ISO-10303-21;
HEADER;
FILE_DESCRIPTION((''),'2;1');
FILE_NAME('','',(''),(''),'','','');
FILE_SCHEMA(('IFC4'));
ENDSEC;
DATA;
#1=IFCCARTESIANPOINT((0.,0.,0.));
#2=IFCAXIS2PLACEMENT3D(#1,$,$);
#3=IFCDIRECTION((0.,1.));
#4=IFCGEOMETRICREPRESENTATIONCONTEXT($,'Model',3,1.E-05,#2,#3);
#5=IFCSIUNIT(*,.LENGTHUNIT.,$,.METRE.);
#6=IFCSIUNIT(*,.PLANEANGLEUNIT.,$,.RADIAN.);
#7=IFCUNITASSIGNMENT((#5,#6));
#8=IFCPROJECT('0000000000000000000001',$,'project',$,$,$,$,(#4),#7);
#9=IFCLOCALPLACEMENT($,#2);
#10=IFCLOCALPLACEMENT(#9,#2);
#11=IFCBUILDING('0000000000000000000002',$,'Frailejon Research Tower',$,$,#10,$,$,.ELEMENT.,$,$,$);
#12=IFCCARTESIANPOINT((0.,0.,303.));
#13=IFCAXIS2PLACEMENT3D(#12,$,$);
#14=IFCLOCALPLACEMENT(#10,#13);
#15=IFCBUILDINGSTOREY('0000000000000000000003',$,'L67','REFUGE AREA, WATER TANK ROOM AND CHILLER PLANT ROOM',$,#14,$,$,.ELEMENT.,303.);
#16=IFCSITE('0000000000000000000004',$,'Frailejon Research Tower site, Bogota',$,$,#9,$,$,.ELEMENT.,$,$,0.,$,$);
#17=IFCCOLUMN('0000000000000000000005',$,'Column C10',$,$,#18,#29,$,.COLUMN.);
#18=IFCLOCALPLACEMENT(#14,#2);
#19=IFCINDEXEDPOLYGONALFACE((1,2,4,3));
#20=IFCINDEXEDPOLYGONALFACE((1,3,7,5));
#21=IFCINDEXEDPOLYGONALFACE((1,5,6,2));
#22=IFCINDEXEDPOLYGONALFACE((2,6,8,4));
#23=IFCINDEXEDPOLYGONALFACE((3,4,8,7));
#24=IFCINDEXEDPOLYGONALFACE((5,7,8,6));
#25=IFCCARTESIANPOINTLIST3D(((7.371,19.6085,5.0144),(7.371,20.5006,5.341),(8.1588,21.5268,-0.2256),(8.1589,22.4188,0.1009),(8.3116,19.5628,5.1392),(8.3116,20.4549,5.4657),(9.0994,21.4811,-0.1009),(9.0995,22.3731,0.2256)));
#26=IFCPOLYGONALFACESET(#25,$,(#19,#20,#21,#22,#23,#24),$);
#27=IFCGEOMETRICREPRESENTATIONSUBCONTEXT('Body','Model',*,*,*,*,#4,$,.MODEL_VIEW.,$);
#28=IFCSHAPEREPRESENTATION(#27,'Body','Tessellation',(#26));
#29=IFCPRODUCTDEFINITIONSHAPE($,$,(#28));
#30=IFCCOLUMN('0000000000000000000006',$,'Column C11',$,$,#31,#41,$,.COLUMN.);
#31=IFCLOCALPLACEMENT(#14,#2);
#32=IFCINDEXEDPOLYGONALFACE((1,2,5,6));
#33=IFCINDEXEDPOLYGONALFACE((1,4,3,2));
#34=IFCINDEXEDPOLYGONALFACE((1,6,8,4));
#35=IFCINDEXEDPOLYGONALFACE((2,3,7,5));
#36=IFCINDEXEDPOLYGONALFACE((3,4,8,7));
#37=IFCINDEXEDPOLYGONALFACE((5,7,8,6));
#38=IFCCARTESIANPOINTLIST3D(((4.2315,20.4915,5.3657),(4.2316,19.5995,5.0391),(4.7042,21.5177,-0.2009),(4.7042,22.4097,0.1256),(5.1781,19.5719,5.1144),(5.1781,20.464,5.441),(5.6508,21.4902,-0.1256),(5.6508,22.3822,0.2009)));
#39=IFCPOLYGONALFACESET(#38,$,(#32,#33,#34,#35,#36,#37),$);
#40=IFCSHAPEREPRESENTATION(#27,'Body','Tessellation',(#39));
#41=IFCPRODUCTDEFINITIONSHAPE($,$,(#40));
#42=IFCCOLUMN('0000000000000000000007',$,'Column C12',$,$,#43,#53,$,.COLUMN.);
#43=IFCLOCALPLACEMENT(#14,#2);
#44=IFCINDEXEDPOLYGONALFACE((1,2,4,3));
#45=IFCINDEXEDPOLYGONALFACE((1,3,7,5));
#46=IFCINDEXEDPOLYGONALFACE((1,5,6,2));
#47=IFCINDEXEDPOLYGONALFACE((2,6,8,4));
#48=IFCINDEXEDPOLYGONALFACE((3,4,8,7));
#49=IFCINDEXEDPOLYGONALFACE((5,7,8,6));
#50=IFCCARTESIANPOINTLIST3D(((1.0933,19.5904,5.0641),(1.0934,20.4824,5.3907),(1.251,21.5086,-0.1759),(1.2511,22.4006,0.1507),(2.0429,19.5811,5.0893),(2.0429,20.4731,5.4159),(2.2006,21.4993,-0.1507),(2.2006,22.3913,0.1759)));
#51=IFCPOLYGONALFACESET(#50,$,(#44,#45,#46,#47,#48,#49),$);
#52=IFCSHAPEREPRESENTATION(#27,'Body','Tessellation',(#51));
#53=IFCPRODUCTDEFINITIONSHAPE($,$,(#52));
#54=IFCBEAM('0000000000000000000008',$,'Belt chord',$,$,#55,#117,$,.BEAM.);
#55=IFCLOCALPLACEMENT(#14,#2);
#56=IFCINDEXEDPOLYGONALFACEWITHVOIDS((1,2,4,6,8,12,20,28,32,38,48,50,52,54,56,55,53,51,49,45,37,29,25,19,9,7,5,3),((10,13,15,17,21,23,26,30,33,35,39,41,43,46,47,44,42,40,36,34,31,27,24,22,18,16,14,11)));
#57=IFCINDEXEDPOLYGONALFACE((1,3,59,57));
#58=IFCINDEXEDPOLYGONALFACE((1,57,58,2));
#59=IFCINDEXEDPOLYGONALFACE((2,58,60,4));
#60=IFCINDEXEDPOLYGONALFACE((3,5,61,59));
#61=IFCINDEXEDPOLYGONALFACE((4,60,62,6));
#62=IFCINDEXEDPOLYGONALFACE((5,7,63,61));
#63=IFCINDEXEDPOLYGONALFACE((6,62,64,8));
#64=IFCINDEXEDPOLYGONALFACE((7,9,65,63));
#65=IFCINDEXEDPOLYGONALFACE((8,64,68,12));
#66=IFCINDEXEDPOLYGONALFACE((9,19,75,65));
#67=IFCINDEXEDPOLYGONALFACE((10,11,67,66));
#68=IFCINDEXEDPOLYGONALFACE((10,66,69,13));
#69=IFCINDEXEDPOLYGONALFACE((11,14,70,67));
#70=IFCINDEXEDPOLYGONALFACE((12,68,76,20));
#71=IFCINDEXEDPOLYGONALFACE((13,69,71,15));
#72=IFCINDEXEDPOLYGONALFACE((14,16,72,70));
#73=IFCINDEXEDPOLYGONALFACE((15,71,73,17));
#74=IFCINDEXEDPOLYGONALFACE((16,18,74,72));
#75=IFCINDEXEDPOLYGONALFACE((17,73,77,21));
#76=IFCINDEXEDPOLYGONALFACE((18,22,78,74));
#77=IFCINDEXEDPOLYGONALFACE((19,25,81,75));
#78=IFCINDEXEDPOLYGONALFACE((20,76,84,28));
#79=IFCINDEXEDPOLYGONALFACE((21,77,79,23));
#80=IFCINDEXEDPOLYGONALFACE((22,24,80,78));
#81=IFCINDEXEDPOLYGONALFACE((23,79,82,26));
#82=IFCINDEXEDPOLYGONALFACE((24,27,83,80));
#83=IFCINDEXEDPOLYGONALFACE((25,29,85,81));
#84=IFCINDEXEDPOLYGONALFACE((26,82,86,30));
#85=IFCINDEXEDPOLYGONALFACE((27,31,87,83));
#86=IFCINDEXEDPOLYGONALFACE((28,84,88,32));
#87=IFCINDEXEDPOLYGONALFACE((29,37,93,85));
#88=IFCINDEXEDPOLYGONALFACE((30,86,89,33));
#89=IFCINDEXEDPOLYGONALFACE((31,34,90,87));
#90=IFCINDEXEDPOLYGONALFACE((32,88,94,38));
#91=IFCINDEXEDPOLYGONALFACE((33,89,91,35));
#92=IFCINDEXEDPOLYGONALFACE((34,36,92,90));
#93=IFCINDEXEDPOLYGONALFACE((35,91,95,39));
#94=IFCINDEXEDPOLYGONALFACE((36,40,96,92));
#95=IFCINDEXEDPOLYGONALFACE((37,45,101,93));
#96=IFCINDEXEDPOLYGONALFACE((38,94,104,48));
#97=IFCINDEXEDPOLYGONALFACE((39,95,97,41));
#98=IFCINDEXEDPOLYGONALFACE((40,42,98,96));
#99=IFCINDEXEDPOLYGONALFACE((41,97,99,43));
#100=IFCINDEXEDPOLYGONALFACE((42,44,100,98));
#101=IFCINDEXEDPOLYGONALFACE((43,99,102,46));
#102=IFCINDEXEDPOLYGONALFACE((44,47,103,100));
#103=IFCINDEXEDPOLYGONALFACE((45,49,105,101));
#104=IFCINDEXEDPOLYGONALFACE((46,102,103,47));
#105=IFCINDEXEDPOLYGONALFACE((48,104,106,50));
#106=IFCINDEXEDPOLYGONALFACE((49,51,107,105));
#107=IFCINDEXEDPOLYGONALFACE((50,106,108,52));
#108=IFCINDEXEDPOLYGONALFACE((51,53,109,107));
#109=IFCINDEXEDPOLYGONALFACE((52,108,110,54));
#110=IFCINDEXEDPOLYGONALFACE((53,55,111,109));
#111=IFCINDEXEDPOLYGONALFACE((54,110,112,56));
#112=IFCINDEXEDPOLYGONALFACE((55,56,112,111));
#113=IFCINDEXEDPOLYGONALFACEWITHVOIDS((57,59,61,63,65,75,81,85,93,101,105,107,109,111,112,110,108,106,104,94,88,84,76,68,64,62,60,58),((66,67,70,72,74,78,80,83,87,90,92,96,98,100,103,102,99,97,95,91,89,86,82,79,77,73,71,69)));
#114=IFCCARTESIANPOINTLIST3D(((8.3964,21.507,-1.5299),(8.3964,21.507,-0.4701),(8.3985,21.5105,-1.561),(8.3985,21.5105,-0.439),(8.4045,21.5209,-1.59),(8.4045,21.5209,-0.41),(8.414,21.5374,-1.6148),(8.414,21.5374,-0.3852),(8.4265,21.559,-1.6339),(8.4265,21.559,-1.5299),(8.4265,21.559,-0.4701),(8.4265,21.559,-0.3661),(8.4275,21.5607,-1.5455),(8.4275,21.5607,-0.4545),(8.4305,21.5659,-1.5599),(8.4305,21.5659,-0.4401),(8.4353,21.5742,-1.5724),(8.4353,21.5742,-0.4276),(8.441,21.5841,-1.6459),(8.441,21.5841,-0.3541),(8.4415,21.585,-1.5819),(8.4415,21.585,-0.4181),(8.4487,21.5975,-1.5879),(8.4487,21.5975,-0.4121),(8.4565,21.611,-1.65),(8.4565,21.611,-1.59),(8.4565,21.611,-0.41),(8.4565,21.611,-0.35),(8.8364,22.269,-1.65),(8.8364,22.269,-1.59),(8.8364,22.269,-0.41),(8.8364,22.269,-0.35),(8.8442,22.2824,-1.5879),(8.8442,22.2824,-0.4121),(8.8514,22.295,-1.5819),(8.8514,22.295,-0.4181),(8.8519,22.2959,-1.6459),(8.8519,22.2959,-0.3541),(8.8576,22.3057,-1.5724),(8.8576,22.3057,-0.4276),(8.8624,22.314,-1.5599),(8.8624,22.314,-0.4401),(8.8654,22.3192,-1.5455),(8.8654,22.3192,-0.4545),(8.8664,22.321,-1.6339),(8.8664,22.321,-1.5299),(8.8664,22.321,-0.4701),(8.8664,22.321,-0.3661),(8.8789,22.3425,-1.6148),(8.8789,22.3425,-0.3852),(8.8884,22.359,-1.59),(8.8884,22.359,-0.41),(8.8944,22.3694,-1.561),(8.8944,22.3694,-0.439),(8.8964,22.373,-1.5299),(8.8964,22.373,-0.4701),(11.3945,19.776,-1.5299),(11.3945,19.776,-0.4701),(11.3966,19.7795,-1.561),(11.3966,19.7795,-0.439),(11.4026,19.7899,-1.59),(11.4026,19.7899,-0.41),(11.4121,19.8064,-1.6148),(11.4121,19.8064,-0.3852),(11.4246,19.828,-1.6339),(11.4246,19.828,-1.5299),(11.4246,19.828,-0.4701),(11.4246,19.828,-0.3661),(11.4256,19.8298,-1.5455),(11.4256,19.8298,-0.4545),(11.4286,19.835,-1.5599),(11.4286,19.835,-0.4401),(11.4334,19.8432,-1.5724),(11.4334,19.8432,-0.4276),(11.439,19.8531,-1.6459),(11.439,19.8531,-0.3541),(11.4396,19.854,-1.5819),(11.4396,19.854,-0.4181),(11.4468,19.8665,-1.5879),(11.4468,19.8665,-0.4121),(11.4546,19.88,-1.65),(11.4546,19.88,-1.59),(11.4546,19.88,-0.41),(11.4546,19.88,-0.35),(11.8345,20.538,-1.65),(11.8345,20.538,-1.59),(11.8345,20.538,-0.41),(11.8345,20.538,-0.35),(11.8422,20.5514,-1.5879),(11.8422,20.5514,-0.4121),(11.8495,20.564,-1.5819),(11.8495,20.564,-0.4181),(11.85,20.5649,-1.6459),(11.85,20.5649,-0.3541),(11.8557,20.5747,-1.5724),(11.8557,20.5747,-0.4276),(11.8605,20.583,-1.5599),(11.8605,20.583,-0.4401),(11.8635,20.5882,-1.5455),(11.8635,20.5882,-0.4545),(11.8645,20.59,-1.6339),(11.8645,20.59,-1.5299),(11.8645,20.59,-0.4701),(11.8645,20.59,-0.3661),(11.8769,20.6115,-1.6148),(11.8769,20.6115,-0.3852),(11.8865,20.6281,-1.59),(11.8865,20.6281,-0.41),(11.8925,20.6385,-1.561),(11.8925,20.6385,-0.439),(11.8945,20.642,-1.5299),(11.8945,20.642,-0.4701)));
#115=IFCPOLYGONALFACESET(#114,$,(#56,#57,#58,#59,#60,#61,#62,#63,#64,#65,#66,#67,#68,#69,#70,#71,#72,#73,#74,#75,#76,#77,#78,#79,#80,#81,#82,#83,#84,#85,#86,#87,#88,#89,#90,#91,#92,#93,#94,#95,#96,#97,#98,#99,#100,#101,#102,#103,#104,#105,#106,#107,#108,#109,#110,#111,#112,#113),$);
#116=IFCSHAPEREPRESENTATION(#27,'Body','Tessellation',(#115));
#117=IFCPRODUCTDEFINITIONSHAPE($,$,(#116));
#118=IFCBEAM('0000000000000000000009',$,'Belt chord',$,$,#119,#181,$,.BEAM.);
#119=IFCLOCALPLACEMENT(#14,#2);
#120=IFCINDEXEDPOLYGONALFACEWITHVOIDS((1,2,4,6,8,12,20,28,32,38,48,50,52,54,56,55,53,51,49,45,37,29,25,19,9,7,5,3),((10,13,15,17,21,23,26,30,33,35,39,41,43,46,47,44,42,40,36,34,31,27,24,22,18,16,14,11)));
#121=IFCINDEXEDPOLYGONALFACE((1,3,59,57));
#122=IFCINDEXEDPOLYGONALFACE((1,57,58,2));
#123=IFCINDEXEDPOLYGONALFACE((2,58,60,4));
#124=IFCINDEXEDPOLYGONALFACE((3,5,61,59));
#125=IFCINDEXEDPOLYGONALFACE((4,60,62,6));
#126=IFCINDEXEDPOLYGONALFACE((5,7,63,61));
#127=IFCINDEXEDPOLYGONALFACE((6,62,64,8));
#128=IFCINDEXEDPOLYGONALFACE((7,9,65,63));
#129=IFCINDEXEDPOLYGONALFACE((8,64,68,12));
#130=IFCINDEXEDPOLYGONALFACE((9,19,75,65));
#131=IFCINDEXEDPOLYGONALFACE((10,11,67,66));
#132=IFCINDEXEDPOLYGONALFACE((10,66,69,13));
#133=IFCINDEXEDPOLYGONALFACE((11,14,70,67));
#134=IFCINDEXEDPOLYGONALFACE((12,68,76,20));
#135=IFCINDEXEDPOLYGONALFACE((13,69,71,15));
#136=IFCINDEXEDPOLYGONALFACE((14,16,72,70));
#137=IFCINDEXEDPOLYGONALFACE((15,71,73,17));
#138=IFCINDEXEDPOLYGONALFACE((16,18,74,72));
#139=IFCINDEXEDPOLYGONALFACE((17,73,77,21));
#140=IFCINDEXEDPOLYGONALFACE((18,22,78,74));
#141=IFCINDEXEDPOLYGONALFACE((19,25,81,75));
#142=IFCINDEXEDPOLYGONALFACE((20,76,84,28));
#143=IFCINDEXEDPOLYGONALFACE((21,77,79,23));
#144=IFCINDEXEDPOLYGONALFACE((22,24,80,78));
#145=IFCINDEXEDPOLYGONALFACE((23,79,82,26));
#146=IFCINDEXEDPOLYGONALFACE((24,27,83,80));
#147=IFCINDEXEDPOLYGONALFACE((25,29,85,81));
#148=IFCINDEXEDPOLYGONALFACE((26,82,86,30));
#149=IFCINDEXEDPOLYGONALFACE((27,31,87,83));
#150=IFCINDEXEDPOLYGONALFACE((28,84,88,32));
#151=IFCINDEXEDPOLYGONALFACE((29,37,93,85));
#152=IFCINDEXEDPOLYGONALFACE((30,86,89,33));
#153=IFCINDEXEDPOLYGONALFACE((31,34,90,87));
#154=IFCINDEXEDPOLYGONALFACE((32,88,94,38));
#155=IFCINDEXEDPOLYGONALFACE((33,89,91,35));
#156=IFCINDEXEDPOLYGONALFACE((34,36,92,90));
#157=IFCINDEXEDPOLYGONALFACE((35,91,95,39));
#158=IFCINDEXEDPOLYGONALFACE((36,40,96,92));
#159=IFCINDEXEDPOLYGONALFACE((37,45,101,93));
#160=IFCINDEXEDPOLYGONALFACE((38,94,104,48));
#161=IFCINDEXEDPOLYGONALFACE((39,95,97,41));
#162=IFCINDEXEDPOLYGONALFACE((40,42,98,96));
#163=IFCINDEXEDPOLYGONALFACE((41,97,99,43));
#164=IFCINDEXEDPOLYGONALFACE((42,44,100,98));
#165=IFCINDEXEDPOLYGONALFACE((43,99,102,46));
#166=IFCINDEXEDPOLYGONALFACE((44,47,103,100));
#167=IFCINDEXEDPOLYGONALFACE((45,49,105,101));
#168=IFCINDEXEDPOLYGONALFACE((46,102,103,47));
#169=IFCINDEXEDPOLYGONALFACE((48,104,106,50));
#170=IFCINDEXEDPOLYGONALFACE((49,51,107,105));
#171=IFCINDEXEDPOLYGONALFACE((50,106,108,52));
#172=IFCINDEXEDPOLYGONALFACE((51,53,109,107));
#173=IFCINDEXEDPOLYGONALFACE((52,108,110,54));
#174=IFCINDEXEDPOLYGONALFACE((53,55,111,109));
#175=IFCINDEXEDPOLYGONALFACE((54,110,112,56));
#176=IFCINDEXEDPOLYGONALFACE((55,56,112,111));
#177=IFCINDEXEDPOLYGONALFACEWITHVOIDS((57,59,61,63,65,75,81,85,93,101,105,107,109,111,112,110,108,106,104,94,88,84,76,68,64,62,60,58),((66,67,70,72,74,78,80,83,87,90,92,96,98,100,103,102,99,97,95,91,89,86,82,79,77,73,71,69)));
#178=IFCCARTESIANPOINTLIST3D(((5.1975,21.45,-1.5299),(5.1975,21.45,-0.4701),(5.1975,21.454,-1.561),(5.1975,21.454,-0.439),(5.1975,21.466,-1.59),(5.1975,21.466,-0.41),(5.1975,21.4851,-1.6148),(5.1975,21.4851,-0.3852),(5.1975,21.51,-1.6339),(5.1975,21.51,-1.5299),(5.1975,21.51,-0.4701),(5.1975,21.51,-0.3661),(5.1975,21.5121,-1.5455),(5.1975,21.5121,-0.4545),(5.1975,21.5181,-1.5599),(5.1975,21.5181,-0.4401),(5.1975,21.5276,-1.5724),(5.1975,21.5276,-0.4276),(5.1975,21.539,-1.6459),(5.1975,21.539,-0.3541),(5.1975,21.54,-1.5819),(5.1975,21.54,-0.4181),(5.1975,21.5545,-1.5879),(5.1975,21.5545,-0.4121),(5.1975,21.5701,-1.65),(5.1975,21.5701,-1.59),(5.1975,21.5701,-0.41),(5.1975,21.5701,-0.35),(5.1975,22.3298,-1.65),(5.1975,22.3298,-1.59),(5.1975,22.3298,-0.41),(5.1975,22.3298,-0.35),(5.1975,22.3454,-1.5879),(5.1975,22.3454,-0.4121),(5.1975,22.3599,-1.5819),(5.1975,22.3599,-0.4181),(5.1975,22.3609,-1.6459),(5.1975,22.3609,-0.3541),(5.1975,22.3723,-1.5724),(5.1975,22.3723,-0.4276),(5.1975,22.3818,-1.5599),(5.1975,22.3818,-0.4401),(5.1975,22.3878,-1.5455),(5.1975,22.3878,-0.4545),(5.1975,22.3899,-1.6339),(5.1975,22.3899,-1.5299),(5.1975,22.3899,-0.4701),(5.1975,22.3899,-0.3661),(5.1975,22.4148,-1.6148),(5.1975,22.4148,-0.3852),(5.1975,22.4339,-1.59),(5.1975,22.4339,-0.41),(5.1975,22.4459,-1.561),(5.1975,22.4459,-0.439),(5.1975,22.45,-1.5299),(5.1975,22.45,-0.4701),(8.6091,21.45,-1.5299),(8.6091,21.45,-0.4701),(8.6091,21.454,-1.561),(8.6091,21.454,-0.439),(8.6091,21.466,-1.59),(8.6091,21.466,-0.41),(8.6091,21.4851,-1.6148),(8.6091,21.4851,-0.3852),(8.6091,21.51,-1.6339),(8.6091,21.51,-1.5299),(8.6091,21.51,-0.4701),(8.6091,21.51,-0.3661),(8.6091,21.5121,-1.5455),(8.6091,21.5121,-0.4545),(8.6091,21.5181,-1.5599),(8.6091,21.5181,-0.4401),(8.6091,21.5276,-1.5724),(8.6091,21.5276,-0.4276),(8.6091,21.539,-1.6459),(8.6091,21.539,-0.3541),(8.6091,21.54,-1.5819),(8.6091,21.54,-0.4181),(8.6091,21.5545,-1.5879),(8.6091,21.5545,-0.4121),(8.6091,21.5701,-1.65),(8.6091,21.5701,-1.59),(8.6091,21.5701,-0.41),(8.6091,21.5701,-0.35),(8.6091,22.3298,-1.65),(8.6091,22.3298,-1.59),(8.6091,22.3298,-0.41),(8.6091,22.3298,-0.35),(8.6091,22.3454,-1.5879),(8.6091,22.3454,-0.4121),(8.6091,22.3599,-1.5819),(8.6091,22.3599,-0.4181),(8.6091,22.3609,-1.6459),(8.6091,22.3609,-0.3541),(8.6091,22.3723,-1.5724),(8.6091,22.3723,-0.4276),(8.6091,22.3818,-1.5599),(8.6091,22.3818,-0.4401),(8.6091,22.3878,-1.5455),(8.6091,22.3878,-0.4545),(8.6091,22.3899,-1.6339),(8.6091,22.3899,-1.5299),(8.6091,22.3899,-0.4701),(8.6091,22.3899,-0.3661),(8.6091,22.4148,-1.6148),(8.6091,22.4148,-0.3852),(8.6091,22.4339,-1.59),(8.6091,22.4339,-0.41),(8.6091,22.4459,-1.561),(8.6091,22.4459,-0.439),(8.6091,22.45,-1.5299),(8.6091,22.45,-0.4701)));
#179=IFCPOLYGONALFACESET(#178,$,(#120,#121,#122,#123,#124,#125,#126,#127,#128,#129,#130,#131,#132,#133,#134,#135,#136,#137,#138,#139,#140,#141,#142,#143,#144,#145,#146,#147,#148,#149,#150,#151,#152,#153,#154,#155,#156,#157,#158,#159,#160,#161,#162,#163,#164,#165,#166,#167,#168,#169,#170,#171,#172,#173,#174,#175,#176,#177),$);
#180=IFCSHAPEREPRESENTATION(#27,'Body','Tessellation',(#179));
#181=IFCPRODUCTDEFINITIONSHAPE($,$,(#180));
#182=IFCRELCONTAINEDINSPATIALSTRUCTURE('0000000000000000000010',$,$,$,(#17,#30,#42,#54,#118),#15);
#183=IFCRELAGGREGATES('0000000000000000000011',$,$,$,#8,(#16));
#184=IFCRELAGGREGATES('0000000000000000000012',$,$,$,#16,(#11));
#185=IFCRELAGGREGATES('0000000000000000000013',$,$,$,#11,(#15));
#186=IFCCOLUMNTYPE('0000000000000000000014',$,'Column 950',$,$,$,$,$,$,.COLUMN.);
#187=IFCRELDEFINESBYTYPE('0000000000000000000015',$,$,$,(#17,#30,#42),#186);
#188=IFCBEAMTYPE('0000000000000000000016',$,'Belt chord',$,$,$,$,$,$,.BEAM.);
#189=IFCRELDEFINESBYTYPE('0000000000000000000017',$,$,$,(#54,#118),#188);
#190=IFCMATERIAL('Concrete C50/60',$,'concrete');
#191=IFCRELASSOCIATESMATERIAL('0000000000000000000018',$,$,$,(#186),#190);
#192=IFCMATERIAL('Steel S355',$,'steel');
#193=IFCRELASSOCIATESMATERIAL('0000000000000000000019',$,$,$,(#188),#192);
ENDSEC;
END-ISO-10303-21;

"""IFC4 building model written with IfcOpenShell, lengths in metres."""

from ifc_helpers import new_model, si_unit, direction, frame, origin, origin_2d, place, context, subcontext, project, spatial, rectangle, hollow_rectangle, extrude, material, material_profile, profile_set, type_object, element, save


model = new_model("IFC4")

# Units and contexts
model_context = context("Model", 3, precision=1e-05, world=origin(), true_north=direction((0.0, 1.0)))
body_context = subcontext(model_context, "Body", "Model", "MODEL_VIEW")
ifc_project = project(units=[si_unit("LENGTHUNIT", "METRE"), si_unit("PLANEANGLEUNIT", "RADIAN")], contexts=[model_context])

# Site, building, storey
site_placement = place(None, origin())
site = spatial("IfcSite", under=ifc_project, at=site_placement, Name="Frailejon Research Tower site, Bogota", CompositionType="ELEMENT", RefElevation=0.0)
building_placement = place(site_placement, origin())
building = spatial("IfcBuilding", under=site, at=building_placement, Name="Frailejon Research Tower", CompositionType="ELEMENT")
storey_placement = place(building_placement, frame((0.0, 0.0, 303.0)))
storey = spatial("IfcBuildingStorey", under=building, at=storey_placement, Name="L67", Description="REFUGE AREA, WATER TANK ROOM AND CHILLER PLANT ROOM", CompositionType="ELEMENT", Elevation=303.0)

# Columns
ifc_material_1 = material(Name="Concrete C50/60", Category="concrete")
ifc_material_profile_1 = material_profile(ifc_material_1, rectangle(XDim=0.95, YDim=0.95, at=origin_2d()), Name="Column 950")
ifc_profile_set_1 = profile_set([ifc_material_profile_1], Name="Concrete C50/60")
column_type = type_object("IfcColumnType", Name="Column 950", PredefinedType="COLUMN", material=ifc_profile_set_1)
column_1_placement = place(storey_placement, frame((8.6292, 21.95, 0.0), z_axis=(-0.139802, -0.340386, 0.929835), x_axis=(-0.990179, 0.048083, -0.131273)))
element("IfcColumn", 1, at=column_1_placement, inside=storey, type_object=column_type, Name="Column C10", PredefinedType="COLUMN", context=body_context, shape_type="SweptSolid", body=[
    extrude(rectangle(XDim=0.95, YDim=0.95, at=origin_2d()), origin(), (0.0, 0.0, 1.0), 5.6355),
])
column_2_placement = place(storey_placement, frame((5.1775, 21.95, 0.0), z_axis=(-0.084402, -0.342536, 0.935706), x_axis=(-0.996432, 0.028986, -0.079269)))
element("IfcColumn", 2, at=column_2_placement, inside=storey, type_object=column_type, Name="Column C11", PredefinedType="COLUMN", context=body_context, shape_type="SweptSolid", body=[
    extrude(rectangle(XDim=0.95, YDim=0.95, at=origin_2d()), origin(), (0.0, 0.0, 1.0), 5.6001),
])
column_3_placement = place(storey_placement, frame((1.7258, 21.95, 0.0), z_axis=(-0.028253, -0.343625, 0.938682), x_axis=(-0.999601, 0.009777, -0.026507)))
element("IfcColumn", 3, at=column_3_placement, inside=storey, type_object=column_type, Name="Column C12", PredefinedType="COLUMN", context=body_context, shape_type="SweptSolid", body=[
    extrude(rectangle(XDim=0.95, YDim=0.95, at=origin_2d()), origin(), (0.0, 0.0, 1.0), 5.5823),
])

# Beams
ifc_material_2 = material(Name="Steel S355", Category="steel")
ifc_material_profile_2 = material_profile(ifc_material_2, hollow_rectangle(XDim=1.0, YDim=1.3, WallThickness=0.0601, InnerFilletRadius=0.0601, OuterFilletRadius=0.1201, at=origin_2d()), Name="Belt chord")
ifc_profile_set_2 = profile_set([ifc_material_profile_2], Name="Steel S355")
beam_type_1 = type_object("IfcBeamType", Name="Belt chord", PredefinedType="BEAM", material=ifc_profile_set_2)
beam_1_placement = place(storey_placement, frame((11.6445, 20.209, -1.0), z_axis=(-0.866021, 0.500007, 0.0), x_axis=(-0.500007, -0.866021, 0.0)))
element("IfcBeam", 4, at=beam_1_placement, inside=storey, type_object=beam_type_1, Name="Belt chord", PredefinedType="BEAM", context=body_context, shape_type="SweptSolid", body=[
    extrude(hollow_rectangle(XDim=1.0, YDim=1.3, WallThickness=0.0601, InnerFilletRadius=0.0601, OuterFilletRadius=0.1201, at=origin_2d()), origin(), (0.0, 0.0, 1.0), 3.4619),
])
for number, where, z_axis, x_axis, name in (
    (5, (8.6091, 21.95, -1.0), (-1.0, 0.0, 0.0), (0.0, -1.0, 0.0), "Belt chord"),
):
    element("IfcBeam", number, at=place(storey_placement, frame(where, z_axis=z_axis, x_axis=x_axis)), inside=storey, type_object=beam_type_1, Name=name, PredefinedType="BEAM", context=body_context, shape_type="SweptSolid", body=[
        extrude(hollow_rectangle(XDim=1.0, YDim=1.3, WallThickness=0.0601, InnerFilletRadius=0.0601, OuterFilletRadius=0.1201, at=origin_2d()), origin(), (0.0, 0.0, 1.0), 3.4116),
    ])

save(model, "model.ifc")
